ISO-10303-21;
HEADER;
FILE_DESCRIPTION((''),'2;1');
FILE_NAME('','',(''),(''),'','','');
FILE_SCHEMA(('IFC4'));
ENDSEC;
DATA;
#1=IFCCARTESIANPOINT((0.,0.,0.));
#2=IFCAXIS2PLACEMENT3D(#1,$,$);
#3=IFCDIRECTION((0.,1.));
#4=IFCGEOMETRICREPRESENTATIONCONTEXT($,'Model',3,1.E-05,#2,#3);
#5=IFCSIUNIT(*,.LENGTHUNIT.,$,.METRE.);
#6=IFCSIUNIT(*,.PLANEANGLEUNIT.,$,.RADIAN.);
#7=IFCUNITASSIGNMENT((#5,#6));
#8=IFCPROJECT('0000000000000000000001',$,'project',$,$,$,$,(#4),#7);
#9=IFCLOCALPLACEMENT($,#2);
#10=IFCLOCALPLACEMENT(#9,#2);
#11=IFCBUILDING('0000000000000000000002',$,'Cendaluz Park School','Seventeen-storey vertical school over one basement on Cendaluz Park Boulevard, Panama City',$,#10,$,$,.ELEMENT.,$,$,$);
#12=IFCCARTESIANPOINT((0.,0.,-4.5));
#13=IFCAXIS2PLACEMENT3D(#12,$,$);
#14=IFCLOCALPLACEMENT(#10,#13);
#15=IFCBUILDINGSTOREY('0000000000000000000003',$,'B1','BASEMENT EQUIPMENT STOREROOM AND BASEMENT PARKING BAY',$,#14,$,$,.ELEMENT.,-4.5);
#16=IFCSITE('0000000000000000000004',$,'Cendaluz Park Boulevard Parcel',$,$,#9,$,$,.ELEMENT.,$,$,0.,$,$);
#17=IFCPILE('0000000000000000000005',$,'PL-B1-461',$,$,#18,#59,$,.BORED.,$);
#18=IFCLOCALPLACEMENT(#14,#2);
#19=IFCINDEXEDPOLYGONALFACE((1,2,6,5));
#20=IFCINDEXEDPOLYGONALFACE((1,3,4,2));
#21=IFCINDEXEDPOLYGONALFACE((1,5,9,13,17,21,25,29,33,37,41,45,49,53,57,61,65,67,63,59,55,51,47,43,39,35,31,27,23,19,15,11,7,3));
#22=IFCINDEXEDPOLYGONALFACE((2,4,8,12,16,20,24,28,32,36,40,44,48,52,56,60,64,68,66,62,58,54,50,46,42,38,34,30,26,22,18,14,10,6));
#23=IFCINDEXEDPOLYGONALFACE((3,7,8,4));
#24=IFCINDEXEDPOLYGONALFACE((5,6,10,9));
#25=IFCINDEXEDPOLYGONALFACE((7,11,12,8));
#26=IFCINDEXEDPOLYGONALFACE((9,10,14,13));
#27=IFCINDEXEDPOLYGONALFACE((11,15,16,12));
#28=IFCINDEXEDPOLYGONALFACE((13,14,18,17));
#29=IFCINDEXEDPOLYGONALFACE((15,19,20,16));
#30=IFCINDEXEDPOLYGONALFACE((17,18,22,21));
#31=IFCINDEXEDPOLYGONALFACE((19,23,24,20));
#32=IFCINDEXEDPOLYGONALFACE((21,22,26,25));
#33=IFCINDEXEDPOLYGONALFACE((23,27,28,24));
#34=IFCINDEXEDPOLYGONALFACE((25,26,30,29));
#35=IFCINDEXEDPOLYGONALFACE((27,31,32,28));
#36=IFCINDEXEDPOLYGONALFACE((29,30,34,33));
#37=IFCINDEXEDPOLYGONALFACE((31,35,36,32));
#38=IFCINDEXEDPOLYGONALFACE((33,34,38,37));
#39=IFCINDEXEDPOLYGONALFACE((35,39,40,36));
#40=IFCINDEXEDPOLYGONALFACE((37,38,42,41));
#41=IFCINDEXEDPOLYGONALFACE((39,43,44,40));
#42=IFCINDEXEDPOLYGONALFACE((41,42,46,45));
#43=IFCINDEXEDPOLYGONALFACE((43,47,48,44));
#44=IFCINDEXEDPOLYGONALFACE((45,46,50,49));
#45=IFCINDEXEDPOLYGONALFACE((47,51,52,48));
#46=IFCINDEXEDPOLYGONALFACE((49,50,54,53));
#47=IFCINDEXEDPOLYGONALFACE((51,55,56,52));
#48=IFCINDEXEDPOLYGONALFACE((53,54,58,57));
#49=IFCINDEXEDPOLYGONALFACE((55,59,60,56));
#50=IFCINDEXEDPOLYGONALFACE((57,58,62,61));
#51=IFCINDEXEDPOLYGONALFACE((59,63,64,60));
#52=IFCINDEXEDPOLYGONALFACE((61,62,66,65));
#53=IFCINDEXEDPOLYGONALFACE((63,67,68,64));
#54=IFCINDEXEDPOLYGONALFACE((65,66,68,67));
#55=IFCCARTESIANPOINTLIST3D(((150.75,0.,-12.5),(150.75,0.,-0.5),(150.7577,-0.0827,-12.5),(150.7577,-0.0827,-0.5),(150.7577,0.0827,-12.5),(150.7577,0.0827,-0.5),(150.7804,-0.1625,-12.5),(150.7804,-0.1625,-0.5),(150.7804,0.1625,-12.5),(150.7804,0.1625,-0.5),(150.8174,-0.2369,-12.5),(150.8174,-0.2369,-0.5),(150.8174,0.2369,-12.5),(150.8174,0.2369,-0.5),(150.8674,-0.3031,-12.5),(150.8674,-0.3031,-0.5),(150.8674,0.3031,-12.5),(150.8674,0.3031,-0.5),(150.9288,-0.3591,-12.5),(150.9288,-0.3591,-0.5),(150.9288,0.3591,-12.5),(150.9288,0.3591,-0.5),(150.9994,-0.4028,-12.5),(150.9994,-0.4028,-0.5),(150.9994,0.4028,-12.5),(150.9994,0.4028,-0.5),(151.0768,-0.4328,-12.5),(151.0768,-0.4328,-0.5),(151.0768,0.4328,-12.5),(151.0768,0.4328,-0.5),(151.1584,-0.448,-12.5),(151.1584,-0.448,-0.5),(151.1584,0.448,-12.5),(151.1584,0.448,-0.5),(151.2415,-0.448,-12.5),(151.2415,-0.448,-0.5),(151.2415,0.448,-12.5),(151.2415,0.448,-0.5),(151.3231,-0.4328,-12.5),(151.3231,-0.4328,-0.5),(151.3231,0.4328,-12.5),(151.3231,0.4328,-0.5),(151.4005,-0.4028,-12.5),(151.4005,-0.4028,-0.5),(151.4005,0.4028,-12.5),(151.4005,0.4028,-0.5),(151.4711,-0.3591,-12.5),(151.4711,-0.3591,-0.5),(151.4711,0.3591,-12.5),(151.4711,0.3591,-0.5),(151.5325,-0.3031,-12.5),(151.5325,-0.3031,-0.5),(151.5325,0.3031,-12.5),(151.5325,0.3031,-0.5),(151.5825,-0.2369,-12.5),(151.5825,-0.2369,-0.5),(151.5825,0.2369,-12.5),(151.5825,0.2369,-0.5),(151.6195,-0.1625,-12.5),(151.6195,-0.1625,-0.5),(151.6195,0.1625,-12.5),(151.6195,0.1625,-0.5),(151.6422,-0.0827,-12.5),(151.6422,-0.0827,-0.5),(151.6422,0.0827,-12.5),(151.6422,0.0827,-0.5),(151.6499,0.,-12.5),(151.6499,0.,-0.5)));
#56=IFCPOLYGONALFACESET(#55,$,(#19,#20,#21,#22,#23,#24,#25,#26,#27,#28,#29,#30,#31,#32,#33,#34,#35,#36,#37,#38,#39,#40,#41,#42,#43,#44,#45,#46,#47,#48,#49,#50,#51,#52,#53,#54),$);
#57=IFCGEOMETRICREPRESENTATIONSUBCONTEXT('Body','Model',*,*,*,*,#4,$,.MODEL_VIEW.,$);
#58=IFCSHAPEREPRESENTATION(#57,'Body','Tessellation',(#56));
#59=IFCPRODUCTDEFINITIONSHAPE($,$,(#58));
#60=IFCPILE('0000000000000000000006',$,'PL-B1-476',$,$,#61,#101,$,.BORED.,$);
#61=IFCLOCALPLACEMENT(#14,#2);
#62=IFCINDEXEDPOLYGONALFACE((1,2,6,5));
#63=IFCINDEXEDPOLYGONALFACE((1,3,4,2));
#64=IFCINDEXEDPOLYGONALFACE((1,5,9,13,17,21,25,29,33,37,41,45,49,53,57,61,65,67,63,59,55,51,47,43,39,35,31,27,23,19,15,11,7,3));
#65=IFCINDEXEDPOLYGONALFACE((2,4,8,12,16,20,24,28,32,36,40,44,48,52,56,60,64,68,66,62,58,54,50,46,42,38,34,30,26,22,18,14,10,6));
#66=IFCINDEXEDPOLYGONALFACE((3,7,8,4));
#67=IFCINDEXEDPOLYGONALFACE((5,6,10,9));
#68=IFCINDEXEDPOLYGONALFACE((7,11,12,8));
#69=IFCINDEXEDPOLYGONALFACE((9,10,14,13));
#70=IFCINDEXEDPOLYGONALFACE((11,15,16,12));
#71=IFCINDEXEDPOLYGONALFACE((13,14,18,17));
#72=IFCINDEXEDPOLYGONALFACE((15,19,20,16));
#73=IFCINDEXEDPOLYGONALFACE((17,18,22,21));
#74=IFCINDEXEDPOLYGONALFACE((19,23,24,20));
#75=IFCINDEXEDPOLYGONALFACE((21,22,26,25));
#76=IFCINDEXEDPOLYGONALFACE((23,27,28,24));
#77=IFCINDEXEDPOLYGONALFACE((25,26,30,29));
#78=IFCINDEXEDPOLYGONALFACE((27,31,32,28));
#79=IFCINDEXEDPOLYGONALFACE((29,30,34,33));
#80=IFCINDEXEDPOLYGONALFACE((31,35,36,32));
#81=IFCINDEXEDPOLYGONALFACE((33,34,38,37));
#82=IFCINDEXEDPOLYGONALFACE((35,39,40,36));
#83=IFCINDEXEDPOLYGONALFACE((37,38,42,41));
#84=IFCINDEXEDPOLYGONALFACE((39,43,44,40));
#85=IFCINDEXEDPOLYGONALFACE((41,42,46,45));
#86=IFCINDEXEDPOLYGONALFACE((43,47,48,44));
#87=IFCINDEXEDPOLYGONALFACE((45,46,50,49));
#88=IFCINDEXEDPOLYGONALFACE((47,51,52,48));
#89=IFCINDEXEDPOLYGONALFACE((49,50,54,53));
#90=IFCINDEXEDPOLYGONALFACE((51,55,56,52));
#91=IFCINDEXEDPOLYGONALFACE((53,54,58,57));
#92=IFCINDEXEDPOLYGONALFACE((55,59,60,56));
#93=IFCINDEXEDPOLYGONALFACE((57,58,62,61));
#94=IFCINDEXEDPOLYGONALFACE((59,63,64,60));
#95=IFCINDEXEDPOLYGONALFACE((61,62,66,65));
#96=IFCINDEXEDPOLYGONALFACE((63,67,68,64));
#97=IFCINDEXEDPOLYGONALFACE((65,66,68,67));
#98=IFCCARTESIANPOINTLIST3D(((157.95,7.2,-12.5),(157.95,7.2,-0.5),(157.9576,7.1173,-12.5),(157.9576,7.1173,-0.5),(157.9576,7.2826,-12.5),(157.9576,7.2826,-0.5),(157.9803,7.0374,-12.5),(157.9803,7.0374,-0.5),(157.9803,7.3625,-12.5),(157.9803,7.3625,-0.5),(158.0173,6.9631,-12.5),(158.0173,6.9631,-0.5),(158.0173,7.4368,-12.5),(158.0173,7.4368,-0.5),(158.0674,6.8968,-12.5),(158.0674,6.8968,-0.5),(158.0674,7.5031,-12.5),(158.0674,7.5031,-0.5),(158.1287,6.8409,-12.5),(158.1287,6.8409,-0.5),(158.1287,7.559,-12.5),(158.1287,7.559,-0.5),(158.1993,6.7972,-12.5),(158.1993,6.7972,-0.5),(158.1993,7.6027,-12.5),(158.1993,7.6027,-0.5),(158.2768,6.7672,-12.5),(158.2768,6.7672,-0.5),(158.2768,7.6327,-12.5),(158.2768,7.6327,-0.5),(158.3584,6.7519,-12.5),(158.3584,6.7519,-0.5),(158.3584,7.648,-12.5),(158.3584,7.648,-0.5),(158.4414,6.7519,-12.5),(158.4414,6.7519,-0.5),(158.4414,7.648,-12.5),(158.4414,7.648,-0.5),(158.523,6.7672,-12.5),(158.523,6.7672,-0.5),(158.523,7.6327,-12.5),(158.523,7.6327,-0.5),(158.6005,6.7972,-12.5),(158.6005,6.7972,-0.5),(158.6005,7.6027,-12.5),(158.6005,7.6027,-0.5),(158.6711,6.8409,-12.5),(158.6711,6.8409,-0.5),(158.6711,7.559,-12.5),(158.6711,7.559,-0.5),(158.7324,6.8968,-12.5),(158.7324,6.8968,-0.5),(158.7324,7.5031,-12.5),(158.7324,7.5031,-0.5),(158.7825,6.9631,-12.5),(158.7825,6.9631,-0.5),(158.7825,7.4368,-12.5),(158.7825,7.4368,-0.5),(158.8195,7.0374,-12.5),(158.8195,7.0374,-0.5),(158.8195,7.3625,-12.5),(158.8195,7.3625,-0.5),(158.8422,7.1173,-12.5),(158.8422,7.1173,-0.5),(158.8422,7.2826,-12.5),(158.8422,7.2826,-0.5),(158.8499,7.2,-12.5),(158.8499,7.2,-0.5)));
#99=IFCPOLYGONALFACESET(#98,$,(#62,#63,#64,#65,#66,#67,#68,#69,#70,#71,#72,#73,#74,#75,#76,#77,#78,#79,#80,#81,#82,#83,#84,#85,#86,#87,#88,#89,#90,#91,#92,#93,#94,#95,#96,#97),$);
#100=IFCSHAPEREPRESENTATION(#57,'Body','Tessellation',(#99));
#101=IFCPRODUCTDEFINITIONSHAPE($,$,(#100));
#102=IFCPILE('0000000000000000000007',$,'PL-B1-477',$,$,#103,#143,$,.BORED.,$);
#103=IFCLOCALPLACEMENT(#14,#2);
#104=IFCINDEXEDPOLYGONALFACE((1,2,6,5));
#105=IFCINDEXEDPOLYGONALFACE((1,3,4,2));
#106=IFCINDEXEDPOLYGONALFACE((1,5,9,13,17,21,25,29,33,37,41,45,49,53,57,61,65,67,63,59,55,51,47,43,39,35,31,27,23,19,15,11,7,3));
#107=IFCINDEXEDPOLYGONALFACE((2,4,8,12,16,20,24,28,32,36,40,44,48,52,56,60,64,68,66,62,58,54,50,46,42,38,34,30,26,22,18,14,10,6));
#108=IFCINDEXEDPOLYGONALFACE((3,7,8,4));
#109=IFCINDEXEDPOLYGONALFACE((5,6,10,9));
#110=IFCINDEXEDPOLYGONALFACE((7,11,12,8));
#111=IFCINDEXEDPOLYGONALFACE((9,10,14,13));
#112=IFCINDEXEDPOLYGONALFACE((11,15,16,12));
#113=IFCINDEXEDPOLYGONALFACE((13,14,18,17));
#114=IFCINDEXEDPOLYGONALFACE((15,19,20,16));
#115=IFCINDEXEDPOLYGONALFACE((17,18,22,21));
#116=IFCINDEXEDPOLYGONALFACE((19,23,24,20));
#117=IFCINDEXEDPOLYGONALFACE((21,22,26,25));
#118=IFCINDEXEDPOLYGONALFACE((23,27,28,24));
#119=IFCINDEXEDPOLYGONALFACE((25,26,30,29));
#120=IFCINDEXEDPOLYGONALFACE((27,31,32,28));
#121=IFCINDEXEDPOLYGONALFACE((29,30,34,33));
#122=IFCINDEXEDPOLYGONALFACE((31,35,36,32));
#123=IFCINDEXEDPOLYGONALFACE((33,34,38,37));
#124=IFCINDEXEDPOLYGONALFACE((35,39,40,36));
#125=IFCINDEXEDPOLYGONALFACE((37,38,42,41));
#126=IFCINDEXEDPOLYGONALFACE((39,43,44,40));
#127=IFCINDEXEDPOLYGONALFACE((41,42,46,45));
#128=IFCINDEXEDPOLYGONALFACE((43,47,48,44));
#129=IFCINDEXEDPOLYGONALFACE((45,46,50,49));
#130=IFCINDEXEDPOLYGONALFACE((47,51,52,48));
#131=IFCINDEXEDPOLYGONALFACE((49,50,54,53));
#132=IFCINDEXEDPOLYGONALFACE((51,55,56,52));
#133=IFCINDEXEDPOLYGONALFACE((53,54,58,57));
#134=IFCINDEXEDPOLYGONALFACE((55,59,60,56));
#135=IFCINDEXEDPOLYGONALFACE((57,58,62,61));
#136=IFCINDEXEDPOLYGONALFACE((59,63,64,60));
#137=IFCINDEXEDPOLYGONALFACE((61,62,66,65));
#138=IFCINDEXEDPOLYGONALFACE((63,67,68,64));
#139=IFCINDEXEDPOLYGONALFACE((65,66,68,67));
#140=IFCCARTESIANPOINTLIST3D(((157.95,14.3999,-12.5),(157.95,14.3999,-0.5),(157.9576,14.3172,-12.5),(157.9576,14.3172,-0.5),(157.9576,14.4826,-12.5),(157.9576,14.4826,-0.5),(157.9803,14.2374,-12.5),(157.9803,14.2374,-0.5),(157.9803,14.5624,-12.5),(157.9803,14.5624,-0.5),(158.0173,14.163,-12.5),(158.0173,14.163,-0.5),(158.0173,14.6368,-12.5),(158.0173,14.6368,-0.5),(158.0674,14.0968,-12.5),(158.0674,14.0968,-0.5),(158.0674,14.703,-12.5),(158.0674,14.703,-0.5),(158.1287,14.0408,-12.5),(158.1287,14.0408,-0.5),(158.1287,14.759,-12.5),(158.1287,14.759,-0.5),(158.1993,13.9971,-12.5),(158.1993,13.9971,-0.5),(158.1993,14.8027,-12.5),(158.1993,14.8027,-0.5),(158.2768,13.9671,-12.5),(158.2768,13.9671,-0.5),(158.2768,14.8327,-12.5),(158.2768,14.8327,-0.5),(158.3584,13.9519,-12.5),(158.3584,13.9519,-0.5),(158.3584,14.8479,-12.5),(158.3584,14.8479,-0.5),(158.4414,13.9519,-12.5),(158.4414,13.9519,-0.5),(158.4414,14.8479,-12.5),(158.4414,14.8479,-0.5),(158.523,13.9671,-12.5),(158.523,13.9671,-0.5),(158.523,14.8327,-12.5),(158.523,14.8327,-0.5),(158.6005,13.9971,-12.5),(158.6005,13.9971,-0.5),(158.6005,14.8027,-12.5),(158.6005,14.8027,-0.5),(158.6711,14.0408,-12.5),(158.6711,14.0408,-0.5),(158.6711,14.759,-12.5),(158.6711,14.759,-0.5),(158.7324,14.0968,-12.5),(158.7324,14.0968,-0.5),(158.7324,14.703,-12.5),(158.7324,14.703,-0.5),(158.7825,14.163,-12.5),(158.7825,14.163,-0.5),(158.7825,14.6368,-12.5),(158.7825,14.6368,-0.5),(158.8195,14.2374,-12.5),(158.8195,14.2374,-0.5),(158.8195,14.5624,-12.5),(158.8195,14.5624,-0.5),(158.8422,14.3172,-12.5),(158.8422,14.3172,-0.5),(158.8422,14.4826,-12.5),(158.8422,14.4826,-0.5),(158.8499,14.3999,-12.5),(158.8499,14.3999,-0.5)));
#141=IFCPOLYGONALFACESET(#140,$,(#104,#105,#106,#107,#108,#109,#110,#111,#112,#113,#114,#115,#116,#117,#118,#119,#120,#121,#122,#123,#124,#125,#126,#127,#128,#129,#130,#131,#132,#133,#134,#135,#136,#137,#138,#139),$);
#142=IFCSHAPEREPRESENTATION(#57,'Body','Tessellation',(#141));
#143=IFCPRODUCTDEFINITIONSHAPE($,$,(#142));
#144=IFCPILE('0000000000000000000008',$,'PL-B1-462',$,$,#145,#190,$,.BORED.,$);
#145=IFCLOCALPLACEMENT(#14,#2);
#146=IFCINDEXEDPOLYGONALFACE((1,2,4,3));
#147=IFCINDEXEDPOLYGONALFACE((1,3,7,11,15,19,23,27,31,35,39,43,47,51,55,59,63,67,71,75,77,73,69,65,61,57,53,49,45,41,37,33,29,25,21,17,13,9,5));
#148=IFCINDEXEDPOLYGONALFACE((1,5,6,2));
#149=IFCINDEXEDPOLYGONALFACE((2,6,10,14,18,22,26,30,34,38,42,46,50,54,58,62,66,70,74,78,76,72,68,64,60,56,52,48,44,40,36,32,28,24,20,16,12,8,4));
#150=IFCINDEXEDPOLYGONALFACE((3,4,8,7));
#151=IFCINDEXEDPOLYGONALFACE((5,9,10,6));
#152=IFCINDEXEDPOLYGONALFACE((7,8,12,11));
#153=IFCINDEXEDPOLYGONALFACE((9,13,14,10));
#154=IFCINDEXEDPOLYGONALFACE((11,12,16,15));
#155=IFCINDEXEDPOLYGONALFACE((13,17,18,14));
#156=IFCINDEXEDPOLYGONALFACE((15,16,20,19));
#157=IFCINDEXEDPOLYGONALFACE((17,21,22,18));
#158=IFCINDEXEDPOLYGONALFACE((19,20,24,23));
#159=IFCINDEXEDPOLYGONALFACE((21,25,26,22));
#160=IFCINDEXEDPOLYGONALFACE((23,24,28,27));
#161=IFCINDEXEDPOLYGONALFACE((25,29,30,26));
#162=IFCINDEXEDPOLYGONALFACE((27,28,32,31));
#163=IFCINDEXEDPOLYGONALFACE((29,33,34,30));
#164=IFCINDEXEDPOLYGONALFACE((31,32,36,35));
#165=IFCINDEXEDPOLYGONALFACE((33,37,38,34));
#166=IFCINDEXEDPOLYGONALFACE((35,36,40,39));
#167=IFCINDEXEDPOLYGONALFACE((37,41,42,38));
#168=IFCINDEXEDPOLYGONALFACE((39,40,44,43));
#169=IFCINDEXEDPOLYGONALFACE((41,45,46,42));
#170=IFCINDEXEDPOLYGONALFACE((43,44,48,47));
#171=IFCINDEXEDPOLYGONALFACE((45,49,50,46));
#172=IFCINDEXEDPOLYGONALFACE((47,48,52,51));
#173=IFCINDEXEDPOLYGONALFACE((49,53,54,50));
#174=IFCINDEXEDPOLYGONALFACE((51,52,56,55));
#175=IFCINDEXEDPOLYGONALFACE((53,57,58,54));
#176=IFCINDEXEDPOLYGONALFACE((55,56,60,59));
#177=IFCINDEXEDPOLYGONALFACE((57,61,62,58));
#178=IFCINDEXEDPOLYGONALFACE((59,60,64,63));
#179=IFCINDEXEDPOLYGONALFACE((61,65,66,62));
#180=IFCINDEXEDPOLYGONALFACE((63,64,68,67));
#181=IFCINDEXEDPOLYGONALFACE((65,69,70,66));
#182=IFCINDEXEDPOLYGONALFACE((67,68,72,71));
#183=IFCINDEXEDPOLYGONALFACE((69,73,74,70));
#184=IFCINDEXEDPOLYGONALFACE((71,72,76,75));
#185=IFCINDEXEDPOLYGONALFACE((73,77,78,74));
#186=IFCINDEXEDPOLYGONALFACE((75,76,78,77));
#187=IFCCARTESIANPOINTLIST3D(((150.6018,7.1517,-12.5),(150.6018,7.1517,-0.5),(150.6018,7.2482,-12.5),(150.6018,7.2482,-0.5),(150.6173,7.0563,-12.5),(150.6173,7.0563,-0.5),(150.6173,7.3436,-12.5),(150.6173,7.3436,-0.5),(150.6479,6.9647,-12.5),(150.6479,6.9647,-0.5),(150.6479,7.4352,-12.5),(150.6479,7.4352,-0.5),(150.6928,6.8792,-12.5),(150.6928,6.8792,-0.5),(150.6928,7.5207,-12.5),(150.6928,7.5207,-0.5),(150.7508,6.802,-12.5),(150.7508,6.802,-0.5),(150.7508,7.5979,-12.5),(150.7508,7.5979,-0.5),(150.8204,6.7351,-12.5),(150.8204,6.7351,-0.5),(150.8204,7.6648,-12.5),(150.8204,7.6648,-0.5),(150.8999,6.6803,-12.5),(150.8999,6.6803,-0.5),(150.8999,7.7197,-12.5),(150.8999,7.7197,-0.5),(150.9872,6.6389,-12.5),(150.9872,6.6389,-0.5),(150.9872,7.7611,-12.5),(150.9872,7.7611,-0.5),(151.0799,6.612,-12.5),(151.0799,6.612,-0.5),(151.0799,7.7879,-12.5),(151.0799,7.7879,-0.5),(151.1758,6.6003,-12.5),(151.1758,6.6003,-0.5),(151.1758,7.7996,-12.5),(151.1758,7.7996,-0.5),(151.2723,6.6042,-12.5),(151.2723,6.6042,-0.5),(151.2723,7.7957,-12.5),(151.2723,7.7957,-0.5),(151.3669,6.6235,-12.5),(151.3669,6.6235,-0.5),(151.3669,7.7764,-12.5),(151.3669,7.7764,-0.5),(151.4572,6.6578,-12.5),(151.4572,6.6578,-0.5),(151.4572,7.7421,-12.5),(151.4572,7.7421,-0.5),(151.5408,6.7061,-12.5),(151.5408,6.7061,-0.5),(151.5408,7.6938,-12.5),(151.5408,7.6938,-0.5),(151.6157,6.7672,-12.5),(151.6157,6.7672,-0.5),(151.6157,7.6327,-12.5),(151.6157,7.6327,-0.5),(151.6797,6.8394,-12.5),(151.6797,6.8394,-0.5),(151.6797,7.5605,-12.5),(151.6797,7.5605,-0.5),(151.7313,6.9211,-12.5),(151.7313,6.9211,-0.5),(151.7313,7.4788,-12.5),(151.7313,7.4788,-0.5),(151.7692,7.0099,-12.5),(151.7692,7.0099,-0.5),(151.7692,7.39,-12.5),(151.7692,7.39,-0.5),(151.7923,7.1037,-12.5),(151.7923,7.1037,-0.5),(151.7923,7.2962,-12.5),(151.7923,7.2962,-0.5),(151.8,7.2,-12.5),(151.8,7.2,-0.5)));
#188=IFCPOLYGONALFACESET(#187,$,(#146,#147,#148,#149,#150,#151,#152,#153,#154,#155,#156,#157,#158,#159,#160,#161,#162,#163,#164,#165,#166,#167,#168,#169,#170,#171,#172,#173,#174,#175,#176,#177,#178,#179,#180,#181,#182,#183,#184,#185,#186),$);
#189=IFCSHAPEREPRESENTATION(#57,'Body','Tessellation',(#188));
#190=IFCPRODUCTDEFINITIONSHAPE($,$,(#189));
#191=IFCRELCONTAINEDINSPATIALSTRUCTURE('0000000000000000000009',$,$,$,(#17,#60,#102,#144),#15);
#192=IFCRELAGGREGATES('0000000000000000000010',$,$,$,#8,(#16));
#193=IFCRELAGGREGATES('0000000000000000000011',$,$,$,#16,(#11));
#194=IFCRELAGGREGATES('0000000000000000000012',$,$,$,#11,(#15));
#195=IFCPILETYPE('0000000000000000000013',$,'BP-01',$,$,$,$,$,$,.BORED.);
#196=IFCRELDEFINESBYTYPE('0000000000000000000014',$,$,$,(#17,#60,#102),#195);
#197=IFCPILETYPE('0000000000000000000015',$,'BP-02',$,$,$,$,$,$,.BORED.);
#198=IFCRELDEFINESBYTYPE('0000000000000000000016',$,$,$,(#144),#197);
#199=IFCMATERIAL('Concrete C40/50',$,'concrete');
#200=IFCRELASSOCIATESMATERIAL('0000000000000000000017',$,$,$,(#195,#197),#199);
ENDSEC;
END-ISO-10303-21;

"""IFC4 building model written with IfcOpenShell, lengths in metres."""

from ifc_helpers import new_model, si_unit, direction, frame, origin, origin_2d, place, context, subcontext, project, spatial, circle, extrude, material, material_profile, profile_set, type_object, element, save


model = new_model("IFC4")

# Units and contexts
model_context = context("Model", 3, precision=1e-05, world=origin(), true_north=direction((0.0, 1.0)))
body_context = subcontext(model_context, "Body", "Model", "MODEL_VIEW")
ifc_project = project(units=[si_unit("LENGTHUNIT", "METRE"), si_unit("PLANEANGLEUNIT", "RADIAN")], contexts=[model_context])

# Site, building, storey
site_placement = place(None, origin())
site = spatial("IfcSite", under=ifc_project, at=site_placement, Name="Cendaluz Park Boulevard Parcel", CompositionType="ELEMENT", RefElevation=0.0)
building_placement = place(site_placement, origin())
building = spatial("IfcBuilding", under=site, at=building_placement, Name="Cendaluz Park School", Description="Seventeen-storey vertical school over one basement on Cendaluz Park Boulevard, Panama City", CompositionType="ELEMENT")
storey_placement = place(building_placement, frame((0.0, 0.0, -4.5)))
storey = spatial("IfcBuildingStorey", under=building, at=storey_placement, Name="B1", Description="BASEMENT EQUIPMENT STOREROOM AND BASEMENT PARKING BAY", CompositionType="ELEMENT", Elevation=-4.5)

# Piles
ifc_material_1 = material(Name="Concrete C40/50", Category="concrete")
ifc_material_profile_1 = material_profile(ifc_material_1, circle(Radius=0.45, at=origin_2d()), Name="BP D900", Category="concrete")
ifc_profile_set_1 = profile_set([ifc_material_profile_1], Name="Concrete C40/50")
pile_type_1 = type_object("IfcPileType", Name="BP-01", PredefinedType="BORED", material=ifc_profile_set_1)
for number, where, z_axis, x_axis, name in (
    (1, (151.2, 0.0, -0.5), (0.0, 0.0, -1.0), (1.0, 0.0, 0.0), "PL-B1-461"),
    (2, (158.3999, 7.2, -0.5), (0.0, 0.0, -1.0), (1.0, 0.0, 0.0), "PL-B1-476"),
    (3, (158.3999, 14.3999, -0.5), (0.0, 0.0, -1.0), (1.0, 0.0, 0.0), "PL-B1-477"),
):
    element("IfcPile", number, at=place(storey_placement, frame(where, z_axis=z_axis, x_axis=x_axis)), inside=storey, type_object=pile_type_1, Name=name, PredefinedType="BORED", context=body_context, shape_type="SweptSolid", body=[
        extrude(circle(Radius=0.45, at=origin_2d()), origin(), (0.0, 0.0, 1.0), 12.0),
    ])
ifc_material_profile_2 = material_profile(ifc_material_1, circle(Radius=0.6001, at=origin_2d()), Name="BP D1200", Category="concrete")
ifc_profile_set_2 = profile_set([ifc_material_profile_2], Name="Concrete C40/50")
pile_type_2 = type_object("IfcPileType", Name="BP-02", PredefinedType="BORED", material=ifc_profile_set_2)
for number, where, z_axis, x_axis, name in (
    (4, (151.2, 7.2, -0.5), (0.0, 0.0, -1.0), (1.0, 0.0, 0.0), "PL-B1-462"),
):
    element("IfcPile", number, at=place(storey_placement, frame(where, z_axis=z_axis, x_axis=x_axis)), inside=storey, type_object=pile_type_2, Name=name, PredefinedType="BORED", context=body_context, shape_type="SweptSolid", body=[
        extrude(circle(Radius=0.6001, at=origin_2d()), origin(), (0.0, 0.0, 1.0), 12.0),
    ])

save(model, "model.ifc")
